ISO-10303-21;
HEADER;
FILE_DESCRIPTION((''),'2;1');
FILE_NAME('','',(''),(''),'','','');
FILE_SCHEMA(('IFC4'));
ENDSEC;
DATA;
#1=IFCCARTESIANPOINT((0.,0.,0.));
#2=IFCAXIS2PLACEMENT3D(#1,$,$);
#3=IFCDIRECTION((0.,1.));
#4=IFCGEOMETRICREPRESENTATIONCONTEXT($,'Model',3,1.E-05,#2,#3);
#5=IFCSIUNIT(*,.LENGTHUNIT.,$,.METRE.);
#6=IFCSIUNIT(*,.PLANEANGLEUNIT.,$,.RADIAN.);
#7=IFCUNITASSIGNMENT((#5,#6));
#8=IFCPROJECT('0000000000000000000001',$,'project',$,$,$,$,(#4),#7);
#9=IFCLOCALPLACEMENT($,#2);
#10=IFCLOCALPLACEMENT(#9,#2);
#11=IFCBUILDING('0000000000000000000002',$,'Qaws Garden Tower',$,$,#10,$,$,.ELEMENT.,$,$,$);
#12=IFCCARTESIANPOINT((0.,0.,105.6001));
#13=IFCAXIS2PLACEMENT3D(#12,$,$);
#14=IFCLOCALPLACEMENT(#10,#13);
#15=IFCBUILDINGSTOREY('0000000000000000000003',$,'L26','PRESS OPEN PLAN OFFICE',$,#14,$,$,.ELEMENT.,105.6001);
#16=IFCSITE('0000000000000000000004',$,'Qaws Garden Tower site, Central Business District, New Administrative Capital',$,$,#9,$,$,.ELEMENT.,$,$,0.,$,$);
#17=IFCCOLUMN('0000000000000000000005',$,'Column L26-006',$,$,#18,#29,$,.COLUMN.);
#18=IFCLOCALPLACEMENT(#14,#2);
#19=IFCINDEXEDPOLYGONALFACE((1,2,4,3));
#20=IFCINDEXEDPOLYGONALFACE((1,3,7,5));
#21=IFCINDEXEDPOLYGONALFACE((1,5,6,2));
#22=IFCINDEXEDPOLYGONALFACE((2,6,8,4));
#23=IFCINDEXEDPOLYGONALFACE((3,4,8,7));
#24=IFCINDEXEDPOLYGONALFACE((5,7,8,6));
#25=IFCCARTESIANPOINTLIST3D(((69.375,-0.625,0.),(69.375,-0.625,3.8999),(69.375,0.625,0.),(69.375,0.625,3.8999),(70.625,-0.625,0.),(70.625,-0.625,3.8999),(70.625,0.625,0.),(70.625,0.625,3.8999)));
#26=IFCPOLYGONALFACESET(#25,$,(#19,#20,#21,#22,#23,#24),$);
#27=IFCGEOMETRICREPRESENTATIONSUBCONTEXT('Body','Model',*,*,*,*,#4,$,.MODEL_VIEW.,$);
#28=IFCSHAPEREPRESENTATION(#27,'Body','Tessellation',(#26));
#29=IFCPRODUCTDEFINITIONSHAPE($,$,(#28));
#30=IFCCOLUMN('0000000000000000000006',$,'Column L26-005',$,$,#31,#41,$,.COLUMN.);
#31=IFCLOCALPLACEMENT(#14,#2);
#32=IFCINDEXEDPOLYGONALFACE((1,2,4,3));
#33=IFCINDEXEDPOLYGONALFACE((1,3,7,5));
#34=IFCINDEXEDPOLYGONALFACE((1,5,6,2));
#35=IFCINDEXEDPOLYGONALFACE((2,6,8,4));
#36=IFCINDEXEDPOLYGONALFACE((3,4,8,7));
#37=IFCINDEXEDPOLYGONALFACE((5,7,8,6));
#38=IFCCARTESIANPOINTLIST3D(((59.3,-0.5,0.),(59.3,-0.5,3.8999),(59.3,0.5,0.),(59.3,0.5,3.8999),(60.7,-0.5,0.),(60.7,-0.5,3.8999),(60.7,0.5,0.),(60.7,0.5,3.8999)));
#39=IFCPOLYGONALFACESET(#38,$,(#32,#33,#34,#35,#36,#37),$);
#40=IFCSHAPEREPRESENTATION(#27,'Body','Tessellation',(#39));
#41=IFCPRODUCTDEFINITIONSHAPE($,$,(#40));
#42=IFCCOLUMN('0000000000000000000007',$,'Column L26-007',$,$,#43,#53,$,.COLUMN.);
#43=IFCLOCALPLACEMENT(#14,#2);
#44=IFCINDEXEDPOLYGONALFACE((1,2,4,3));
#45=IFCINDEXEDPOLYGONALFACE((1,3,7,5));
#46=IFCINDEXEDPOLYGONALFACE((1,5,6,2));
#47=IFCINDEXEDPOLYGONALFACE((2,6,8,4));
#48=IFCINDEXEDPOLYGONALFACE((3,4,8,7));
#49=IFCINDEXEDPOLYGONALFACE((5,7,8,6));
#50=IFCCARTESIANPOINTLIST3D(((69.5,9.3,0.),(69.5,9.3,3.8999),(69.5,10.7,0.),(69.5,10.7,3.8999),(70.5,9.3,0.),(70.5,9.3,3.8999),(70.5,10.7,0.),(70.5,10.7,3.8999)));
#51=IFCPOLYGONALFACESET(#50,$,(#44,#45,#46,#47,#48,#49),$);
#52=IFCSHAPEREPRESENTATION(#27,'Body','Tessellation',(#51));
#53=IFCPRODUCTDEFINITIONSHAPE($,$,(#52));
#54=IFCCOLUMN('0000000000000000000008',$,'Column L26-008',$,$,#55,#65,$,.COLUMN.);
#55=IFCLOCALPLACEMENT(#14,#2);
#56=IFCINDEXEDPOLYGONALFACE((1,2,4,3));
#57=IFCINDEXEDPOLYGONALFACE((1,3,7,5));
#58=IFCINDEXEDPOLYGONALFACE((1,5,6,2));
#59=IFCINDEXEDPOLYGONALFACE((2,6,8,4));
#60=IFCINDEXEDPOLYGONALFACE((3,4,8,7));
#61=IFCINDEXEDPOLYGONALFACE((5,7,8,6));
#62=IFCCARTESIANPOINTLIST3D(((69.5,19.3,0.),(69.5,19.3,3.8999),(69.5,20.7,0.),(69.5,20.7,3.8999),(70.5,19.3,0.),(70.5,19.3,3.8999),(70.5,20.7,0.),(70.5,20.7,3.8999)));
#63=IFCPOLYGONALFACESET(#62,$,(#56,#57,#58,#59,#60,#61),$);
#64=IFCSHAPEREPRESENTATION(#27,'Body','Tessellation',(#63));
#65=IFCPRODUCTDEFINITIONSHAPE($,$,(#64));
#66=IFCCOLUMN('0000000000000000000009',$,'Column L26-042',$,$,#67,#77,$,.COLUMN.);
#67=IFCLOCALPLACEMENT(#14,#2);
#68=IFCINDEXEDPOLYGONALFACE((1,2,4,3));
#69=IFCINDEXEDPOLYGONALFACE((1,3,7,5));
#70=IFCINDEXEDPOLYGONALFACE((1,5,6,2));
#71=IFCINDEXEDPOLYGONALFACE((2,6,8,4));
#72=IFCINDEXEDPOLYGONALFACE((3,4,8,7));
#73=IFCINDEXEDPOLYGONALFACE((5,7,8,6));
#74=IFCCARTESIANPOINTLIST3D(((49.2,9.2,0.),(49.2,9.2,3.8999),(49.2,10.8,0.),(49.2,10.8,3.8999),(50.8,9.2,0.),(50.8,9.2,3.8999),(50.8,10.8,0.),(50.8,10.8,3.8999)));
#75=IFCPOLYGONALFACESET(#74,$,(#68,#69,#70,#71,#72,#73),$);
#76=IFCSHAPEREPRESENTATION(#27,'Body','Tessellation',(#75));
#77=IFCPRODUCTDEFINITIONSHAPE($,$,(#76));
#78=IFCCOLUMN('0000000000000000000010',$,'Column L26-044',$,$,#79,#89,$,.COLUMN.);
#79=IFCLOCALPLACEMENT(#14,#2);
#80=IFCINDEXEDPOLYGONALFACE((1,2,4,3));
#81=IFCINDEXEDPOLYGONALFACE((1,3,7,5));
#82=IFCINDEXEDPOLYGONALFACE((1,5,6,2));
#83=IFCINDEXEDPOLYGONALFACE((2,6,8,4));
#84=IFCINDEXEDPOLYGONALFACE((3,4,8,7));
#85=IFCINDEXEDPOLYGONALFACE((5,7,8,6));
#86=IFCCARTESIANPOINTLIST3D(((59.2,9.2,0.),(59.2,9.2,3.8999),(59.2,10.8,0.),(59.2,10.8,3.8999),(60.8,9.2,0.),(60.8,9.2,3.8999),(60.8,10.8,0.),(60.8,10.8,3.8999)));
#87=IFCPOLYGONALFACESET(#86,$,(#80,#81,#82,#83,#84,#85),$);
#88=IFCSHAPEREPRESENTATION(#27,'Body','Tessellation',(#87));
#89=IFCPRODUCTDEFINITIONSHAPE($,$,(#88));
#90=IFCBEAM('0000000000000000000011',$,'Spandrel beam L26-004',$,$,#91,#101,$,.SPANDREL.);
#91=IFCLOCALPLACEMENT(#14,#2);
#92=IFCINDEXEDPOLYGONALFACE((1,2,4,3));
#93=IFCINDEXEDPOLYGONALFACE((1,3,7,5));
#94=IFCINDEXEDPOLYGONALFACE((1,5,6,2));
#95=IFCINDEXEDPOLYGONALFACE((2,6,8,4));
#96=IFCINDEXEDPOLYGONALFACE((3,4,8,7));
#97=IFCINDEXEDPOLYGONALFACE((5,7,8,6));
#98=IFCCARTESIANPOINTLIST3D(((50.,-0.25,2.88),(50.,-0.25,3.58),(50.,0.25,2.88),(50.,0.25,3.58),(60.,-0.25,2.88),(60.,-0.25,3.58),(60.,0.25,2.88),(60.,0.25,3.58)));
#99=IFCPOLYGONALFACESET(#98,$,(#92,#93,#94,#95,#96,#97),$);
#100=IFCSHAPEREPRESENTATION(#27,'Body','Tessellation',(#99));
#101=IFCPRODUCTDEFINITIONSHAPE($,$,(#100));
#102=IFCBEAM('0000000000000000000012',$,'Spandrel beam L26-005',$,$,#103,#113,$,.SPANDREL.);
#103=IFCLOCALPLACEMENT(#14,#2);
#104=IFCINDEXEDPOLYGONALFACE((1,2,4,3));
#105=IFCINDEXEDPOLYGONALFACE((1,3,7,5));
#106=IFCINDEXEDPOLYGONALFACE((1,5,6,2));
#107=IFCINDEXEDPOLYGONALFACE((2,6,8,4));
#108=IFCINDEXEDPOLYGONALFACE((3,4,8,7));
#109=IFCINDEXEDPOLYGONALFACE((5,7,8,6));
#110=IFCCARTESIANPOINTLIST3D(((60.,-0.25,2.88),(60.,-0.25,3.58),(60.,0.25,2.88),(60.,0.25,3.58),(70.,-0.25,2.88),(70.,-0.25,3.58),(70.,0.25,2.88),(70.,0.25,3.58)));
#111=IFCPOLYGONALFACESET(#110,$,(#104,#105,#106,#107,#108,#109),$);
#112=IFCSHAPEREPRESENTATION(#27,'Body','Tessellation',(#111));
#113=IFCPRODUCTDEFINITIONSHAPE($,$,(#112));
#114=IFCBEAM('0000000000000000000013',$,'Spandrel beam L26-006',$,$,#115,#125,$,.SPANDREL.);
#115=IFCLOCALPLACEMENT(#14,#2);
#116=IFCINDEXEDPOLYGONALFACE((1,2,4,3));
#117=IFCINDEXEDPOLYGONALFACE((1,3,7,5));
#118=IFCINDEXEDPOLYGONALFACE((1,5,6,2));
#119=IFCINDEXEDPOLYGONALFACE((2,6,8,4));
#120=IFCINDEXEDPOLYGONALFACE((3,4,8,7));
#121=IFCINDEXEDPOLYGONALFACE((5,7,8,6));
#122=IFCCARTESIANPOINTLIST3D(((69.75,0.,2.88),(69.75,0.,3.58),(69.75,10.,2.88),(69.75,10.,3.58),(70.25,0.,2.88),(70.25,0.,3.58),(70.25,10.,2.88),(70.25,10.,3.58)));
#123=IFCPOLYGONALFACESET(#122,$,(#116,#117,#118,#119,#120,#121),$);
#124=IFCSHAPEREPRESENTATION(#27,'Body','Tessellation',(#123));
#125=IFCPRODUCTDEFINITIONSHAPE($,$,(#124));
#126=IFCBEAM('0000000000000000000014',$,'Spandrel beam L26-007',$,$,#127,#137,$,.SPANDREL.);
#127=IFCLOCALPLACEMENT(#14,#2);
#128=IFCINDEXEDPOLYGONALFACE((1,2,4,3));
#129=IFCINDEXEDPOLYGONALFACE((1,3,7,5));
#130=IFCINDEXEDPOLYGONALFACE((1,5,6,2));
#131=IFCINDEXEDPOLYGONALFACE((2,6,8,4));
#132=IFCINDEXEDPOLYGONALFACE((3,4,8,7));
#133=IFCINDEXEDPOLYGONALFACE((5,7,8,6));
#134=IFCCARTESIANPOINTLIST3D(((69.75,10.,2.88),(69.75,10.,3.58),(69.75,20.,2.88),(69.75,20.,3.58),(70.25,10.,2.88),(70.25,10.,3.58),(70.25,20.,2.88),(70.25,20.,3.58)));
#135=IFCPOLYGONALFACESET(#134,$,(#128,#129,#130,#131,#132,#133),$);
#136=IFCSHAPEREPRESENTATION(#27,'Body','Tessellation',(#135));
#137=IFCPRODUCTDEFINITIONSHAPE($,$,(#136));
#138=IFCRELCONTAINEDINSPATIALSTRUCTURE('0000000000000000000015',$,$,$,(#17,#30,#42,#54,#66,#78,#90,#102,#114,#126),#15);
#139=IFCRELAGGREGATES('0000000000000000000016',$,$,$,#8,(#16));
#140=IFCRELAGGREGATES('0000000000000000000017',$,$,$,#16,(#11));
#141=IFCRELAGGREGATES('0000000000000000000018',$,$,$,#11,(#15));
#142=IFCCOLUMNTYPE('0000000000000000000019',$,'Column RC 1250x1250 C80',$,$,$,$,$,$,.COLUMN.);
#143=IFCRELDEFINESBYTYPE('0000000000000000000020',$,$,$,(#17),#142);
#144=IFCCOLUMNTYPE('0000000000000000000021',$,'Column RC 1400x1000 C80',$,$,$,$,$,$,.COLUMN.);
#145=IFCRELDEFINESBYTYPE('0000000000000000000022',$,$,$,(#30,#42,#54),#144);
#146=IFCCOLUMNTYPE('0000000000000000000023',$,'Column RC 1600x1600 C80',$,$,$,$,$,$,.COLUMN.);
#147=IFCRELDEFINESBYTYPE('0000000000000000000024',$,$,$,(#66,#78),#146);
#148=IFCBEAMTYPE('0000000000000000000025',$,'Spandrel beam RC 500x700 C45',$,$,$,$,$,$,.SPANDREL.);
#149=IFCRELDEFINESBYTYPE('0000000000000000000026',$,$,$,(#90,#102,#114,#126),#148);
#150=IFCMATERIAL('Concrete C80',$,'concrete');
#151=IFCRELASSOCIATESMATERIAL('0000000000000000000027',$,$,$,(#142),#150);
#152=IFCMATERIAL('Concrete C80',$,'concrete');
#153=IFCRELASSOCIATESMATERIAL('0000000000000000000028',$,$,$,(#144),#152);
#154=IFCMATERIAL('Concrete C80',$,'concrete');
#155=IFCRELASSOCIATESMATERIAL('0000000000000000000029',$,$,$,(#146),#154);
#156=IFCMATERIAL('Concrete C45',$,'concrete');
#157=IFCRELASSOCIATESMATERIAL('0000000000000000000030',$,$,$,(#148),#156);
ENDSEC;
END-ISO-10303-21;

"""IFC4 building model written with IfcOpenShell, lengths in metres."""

from ifc_helpers import new_model, si_unit, direction, frame, origin, origin_2d, place, context, subcontext, project, spatial, rectangle, extrude, material, material_profile, profile_set, type_object, element, save


model = new_model("IFC4")

# Units and contexts
model_context = context("Model", 3, precision=1e-05, world=origin(), true_north=direction((0.0, 1.0)))
body_context = subcontext(model_context, "Body", "Model", "MODEL_VIEW")
ifc_project = project(units=[si_unit("LENGTHUNIT", "METRE"), si_unit("PLANEANGLEUNIT", "RADIAN")], contexts=[model_context])

# Site, building, storey
site_placement = place(None, origin())
site = spatial("IfcSite", under=ifc_project, at=site_placement, Name="Qaws Garden Tower site, Central Business District, New Administrative Capital", CompositionType="ELEMENT", RefElevation=0.0)
building_placement = place(site_placement, origin())
building = spatial("IfcBuilding", under=site, at=building_placement, Name="Qaws Garden Tower", CompositionType="ELEMENT")
storey_placement = place(building_placement, frame((0.0, 0.0, 105.6001)))
storey = spatial("IfcBuildingStorey", under=building, at=storey_placement, Name="L26", Description="PRESS OPEN PLAN OFFICE", CompositionType="ELEMENT", Elevation=105.6001)

# Columns
ifc_material_1 = material(Name="Concrete C80", Category="concrete")
ifc_material_profile_1 = material_profile(ifc_material_1, rectangle(XDim=1.25, YDim=1.25, at=origin_2d()), Name="RC 1250x1250")
ifc_profile_set_1 = profile_set([ifc_material_profile_1], Name="Concrete C80")
column_type_1 = type_object("IfcColumnType", Name="Column RC 1250x1250 C80", PredefinedType="COLUMN", material=ifc_profile_set_1)
column_placement = place(storey_placement, frame((70.0, 0.0, 0.0), z_axis=(0.0, 0.0, 1.0), x_axis=(1.0, 0.0, 0.0)))
element("IfcColumn", 1, at=column_placement, inside=storey, type_object=column_type_1, Name="Column L26-006", PredefinedType="COLUMN", context=body_context, shape_type="SweptSolid", body=[
    extrude(rectangle(XDim=1.25, YDim=1.25, at=origin_2d()), origin(), (0.0, 0.0, 1.0), 3.8999),
])
ifc_material_2 = material(Name="Concrete C80", Category="concrete")
ifc_material_profile_2 = material_profile(ifc_material_2, rectangle(XDim=1.3999, YDim=1.0, at=origin_2d()), Name="RC 1400x1000")
ifc_profile_set_2 = profile_set([ifc_material_profile_2], Name="Concrete C80")
column_type_2 = type_object("IfcColumnType", Name="Column RC 1400x1000 C80", PredefinedType="COLUMN", material=ifc_profile_set_2)
for number, where, z_axis, x_axis, name in (
    (2, (60.0, 0.0, 0.0), (0.0, 0.0, 1.0), (1.0, 0.0, 0.0), "Column L26-005"),
    (3, (70.0, 10.0, 0.0), (0.0, 0.0, 1.0), (0.0, 1.0, 0.0), "Column L26-007"),
    (4, (70.0, 20.0, 0.0), (0.0, 0.0, 1.0), (0.0, 1.0, 0.0), "Column L26-008"),
):
    element("IfcColumn", number, at=place(storey_placement, frame(where, z_axis=z_axis, x_axis=x_axis)), inside=storey, type_object=column_type_2, Name=name, PredefinedType="COLUMN", context=body_context, shape_type="SweptSolid", body=[
        extrude(rectangle(XDim=1.3999, YDim=1.0, at=origin_2d()), origin(), (0.0, 0.0, 1.0), 3.8999),
    ])
ifc_material_3 = material(Name="Concrete C80", Category="concrete")
ifc_material_profile_3 = material_profile(ifc_material_3, rectangle(XDim=1.6001, YDim=1.6001, at=origin_2d()), Name="RC 1600x1600")
ifc_profile_set_3 = profile_set([ifc_material_profile_3], Name="Concrete C80")
column_type_3 = type_object("IfcColumnType", Name="Column RC 1600x1600 C80", PredefinedType="COLUMN", material=ifc_profile_set_3)
for number, where, z_axis, x_axis, name in (
    (5, (50.0, 10.0, 0.0), (0.0, 0.0, 1.0), (1.0, 0.0, 0.0), "Column L26-042"),
    (6, (60.0, 10.0, 0.0), (0.0, 0.0, 1.0), (1.0, 0.0, 0.0), "Column L26-044"),
):
    element("IfcColumn", number, at=place(storey_placement, frame(where, z_axis=z_axis, x_axis=x_axis)), inside=storey, type_object=column_type_3, Name=name, PredefinedType="COLUMN", context=body_context, shape_type="SweptSolid", body=[
        extrude(rectangle(XDim=1.6001, YDim=1.6001, at=origin_2d()), origin(), (0.0, 0.0, 1.0), 3.8999),
    ])

# Beams
ifc_material_4 = material(Name="Concrete C45", Category="concrete")
ifc_material_profile_4 = material_profile(ifc_material_4, rectangle(XDim=0.5, YDim=0.7, at=origin_2d()), Name="RC 500x700")
ifc_profile_set_4 = profile_set([ifc_material_profile_4], Name="Concrete C45")
beam_type = type_object("IfcBeamType", Name="Spandrel beam RC 500x700 C45", PredefinedType="SPANDREL", material=ifc_profile_set_4)
for number, where, z_axis, x_axis, name in (
    (7, (50.0, 0.0, 3.23), (1.0, 0.0, 0.0), (0.0, 1.0, 0.0), "Spandrel beam L26-004"),
    (8, (60.0, 0.0, 3.23), (1.0, 0.0, 0.0), (0.0, 1.0, 0.0), "Spandrel beam L26-005"),
    (9, (70.0, 0.0, 3.23), (0.0, 1.0, 0.0), (-1.0, 0.0, 0.0), "Spandrel beam L26-006"),
    (10, (70.0, 10.0, 3.23), (0.0, 1.0, 0.0), (-1.0, 0.0, 0.0), "Spandrel beam L26-007"),
):
    element("IfcBeam", number, at=place(storey_placement, frame(where, z_axis=z_axis, x_axis=x_axis)), inside=storey, type_object=beam_type, Name=name, PredefinedType="SPANDREL", context=body_context, shape_type="SweptSolid", body=[
        extrude(rectangle(XDim=0.5, YDim=0.7, at=origin_2d()), origin(), (0.0, 0.0, 1.0), 10.0),
    ])

save(model, "model.ifc")
